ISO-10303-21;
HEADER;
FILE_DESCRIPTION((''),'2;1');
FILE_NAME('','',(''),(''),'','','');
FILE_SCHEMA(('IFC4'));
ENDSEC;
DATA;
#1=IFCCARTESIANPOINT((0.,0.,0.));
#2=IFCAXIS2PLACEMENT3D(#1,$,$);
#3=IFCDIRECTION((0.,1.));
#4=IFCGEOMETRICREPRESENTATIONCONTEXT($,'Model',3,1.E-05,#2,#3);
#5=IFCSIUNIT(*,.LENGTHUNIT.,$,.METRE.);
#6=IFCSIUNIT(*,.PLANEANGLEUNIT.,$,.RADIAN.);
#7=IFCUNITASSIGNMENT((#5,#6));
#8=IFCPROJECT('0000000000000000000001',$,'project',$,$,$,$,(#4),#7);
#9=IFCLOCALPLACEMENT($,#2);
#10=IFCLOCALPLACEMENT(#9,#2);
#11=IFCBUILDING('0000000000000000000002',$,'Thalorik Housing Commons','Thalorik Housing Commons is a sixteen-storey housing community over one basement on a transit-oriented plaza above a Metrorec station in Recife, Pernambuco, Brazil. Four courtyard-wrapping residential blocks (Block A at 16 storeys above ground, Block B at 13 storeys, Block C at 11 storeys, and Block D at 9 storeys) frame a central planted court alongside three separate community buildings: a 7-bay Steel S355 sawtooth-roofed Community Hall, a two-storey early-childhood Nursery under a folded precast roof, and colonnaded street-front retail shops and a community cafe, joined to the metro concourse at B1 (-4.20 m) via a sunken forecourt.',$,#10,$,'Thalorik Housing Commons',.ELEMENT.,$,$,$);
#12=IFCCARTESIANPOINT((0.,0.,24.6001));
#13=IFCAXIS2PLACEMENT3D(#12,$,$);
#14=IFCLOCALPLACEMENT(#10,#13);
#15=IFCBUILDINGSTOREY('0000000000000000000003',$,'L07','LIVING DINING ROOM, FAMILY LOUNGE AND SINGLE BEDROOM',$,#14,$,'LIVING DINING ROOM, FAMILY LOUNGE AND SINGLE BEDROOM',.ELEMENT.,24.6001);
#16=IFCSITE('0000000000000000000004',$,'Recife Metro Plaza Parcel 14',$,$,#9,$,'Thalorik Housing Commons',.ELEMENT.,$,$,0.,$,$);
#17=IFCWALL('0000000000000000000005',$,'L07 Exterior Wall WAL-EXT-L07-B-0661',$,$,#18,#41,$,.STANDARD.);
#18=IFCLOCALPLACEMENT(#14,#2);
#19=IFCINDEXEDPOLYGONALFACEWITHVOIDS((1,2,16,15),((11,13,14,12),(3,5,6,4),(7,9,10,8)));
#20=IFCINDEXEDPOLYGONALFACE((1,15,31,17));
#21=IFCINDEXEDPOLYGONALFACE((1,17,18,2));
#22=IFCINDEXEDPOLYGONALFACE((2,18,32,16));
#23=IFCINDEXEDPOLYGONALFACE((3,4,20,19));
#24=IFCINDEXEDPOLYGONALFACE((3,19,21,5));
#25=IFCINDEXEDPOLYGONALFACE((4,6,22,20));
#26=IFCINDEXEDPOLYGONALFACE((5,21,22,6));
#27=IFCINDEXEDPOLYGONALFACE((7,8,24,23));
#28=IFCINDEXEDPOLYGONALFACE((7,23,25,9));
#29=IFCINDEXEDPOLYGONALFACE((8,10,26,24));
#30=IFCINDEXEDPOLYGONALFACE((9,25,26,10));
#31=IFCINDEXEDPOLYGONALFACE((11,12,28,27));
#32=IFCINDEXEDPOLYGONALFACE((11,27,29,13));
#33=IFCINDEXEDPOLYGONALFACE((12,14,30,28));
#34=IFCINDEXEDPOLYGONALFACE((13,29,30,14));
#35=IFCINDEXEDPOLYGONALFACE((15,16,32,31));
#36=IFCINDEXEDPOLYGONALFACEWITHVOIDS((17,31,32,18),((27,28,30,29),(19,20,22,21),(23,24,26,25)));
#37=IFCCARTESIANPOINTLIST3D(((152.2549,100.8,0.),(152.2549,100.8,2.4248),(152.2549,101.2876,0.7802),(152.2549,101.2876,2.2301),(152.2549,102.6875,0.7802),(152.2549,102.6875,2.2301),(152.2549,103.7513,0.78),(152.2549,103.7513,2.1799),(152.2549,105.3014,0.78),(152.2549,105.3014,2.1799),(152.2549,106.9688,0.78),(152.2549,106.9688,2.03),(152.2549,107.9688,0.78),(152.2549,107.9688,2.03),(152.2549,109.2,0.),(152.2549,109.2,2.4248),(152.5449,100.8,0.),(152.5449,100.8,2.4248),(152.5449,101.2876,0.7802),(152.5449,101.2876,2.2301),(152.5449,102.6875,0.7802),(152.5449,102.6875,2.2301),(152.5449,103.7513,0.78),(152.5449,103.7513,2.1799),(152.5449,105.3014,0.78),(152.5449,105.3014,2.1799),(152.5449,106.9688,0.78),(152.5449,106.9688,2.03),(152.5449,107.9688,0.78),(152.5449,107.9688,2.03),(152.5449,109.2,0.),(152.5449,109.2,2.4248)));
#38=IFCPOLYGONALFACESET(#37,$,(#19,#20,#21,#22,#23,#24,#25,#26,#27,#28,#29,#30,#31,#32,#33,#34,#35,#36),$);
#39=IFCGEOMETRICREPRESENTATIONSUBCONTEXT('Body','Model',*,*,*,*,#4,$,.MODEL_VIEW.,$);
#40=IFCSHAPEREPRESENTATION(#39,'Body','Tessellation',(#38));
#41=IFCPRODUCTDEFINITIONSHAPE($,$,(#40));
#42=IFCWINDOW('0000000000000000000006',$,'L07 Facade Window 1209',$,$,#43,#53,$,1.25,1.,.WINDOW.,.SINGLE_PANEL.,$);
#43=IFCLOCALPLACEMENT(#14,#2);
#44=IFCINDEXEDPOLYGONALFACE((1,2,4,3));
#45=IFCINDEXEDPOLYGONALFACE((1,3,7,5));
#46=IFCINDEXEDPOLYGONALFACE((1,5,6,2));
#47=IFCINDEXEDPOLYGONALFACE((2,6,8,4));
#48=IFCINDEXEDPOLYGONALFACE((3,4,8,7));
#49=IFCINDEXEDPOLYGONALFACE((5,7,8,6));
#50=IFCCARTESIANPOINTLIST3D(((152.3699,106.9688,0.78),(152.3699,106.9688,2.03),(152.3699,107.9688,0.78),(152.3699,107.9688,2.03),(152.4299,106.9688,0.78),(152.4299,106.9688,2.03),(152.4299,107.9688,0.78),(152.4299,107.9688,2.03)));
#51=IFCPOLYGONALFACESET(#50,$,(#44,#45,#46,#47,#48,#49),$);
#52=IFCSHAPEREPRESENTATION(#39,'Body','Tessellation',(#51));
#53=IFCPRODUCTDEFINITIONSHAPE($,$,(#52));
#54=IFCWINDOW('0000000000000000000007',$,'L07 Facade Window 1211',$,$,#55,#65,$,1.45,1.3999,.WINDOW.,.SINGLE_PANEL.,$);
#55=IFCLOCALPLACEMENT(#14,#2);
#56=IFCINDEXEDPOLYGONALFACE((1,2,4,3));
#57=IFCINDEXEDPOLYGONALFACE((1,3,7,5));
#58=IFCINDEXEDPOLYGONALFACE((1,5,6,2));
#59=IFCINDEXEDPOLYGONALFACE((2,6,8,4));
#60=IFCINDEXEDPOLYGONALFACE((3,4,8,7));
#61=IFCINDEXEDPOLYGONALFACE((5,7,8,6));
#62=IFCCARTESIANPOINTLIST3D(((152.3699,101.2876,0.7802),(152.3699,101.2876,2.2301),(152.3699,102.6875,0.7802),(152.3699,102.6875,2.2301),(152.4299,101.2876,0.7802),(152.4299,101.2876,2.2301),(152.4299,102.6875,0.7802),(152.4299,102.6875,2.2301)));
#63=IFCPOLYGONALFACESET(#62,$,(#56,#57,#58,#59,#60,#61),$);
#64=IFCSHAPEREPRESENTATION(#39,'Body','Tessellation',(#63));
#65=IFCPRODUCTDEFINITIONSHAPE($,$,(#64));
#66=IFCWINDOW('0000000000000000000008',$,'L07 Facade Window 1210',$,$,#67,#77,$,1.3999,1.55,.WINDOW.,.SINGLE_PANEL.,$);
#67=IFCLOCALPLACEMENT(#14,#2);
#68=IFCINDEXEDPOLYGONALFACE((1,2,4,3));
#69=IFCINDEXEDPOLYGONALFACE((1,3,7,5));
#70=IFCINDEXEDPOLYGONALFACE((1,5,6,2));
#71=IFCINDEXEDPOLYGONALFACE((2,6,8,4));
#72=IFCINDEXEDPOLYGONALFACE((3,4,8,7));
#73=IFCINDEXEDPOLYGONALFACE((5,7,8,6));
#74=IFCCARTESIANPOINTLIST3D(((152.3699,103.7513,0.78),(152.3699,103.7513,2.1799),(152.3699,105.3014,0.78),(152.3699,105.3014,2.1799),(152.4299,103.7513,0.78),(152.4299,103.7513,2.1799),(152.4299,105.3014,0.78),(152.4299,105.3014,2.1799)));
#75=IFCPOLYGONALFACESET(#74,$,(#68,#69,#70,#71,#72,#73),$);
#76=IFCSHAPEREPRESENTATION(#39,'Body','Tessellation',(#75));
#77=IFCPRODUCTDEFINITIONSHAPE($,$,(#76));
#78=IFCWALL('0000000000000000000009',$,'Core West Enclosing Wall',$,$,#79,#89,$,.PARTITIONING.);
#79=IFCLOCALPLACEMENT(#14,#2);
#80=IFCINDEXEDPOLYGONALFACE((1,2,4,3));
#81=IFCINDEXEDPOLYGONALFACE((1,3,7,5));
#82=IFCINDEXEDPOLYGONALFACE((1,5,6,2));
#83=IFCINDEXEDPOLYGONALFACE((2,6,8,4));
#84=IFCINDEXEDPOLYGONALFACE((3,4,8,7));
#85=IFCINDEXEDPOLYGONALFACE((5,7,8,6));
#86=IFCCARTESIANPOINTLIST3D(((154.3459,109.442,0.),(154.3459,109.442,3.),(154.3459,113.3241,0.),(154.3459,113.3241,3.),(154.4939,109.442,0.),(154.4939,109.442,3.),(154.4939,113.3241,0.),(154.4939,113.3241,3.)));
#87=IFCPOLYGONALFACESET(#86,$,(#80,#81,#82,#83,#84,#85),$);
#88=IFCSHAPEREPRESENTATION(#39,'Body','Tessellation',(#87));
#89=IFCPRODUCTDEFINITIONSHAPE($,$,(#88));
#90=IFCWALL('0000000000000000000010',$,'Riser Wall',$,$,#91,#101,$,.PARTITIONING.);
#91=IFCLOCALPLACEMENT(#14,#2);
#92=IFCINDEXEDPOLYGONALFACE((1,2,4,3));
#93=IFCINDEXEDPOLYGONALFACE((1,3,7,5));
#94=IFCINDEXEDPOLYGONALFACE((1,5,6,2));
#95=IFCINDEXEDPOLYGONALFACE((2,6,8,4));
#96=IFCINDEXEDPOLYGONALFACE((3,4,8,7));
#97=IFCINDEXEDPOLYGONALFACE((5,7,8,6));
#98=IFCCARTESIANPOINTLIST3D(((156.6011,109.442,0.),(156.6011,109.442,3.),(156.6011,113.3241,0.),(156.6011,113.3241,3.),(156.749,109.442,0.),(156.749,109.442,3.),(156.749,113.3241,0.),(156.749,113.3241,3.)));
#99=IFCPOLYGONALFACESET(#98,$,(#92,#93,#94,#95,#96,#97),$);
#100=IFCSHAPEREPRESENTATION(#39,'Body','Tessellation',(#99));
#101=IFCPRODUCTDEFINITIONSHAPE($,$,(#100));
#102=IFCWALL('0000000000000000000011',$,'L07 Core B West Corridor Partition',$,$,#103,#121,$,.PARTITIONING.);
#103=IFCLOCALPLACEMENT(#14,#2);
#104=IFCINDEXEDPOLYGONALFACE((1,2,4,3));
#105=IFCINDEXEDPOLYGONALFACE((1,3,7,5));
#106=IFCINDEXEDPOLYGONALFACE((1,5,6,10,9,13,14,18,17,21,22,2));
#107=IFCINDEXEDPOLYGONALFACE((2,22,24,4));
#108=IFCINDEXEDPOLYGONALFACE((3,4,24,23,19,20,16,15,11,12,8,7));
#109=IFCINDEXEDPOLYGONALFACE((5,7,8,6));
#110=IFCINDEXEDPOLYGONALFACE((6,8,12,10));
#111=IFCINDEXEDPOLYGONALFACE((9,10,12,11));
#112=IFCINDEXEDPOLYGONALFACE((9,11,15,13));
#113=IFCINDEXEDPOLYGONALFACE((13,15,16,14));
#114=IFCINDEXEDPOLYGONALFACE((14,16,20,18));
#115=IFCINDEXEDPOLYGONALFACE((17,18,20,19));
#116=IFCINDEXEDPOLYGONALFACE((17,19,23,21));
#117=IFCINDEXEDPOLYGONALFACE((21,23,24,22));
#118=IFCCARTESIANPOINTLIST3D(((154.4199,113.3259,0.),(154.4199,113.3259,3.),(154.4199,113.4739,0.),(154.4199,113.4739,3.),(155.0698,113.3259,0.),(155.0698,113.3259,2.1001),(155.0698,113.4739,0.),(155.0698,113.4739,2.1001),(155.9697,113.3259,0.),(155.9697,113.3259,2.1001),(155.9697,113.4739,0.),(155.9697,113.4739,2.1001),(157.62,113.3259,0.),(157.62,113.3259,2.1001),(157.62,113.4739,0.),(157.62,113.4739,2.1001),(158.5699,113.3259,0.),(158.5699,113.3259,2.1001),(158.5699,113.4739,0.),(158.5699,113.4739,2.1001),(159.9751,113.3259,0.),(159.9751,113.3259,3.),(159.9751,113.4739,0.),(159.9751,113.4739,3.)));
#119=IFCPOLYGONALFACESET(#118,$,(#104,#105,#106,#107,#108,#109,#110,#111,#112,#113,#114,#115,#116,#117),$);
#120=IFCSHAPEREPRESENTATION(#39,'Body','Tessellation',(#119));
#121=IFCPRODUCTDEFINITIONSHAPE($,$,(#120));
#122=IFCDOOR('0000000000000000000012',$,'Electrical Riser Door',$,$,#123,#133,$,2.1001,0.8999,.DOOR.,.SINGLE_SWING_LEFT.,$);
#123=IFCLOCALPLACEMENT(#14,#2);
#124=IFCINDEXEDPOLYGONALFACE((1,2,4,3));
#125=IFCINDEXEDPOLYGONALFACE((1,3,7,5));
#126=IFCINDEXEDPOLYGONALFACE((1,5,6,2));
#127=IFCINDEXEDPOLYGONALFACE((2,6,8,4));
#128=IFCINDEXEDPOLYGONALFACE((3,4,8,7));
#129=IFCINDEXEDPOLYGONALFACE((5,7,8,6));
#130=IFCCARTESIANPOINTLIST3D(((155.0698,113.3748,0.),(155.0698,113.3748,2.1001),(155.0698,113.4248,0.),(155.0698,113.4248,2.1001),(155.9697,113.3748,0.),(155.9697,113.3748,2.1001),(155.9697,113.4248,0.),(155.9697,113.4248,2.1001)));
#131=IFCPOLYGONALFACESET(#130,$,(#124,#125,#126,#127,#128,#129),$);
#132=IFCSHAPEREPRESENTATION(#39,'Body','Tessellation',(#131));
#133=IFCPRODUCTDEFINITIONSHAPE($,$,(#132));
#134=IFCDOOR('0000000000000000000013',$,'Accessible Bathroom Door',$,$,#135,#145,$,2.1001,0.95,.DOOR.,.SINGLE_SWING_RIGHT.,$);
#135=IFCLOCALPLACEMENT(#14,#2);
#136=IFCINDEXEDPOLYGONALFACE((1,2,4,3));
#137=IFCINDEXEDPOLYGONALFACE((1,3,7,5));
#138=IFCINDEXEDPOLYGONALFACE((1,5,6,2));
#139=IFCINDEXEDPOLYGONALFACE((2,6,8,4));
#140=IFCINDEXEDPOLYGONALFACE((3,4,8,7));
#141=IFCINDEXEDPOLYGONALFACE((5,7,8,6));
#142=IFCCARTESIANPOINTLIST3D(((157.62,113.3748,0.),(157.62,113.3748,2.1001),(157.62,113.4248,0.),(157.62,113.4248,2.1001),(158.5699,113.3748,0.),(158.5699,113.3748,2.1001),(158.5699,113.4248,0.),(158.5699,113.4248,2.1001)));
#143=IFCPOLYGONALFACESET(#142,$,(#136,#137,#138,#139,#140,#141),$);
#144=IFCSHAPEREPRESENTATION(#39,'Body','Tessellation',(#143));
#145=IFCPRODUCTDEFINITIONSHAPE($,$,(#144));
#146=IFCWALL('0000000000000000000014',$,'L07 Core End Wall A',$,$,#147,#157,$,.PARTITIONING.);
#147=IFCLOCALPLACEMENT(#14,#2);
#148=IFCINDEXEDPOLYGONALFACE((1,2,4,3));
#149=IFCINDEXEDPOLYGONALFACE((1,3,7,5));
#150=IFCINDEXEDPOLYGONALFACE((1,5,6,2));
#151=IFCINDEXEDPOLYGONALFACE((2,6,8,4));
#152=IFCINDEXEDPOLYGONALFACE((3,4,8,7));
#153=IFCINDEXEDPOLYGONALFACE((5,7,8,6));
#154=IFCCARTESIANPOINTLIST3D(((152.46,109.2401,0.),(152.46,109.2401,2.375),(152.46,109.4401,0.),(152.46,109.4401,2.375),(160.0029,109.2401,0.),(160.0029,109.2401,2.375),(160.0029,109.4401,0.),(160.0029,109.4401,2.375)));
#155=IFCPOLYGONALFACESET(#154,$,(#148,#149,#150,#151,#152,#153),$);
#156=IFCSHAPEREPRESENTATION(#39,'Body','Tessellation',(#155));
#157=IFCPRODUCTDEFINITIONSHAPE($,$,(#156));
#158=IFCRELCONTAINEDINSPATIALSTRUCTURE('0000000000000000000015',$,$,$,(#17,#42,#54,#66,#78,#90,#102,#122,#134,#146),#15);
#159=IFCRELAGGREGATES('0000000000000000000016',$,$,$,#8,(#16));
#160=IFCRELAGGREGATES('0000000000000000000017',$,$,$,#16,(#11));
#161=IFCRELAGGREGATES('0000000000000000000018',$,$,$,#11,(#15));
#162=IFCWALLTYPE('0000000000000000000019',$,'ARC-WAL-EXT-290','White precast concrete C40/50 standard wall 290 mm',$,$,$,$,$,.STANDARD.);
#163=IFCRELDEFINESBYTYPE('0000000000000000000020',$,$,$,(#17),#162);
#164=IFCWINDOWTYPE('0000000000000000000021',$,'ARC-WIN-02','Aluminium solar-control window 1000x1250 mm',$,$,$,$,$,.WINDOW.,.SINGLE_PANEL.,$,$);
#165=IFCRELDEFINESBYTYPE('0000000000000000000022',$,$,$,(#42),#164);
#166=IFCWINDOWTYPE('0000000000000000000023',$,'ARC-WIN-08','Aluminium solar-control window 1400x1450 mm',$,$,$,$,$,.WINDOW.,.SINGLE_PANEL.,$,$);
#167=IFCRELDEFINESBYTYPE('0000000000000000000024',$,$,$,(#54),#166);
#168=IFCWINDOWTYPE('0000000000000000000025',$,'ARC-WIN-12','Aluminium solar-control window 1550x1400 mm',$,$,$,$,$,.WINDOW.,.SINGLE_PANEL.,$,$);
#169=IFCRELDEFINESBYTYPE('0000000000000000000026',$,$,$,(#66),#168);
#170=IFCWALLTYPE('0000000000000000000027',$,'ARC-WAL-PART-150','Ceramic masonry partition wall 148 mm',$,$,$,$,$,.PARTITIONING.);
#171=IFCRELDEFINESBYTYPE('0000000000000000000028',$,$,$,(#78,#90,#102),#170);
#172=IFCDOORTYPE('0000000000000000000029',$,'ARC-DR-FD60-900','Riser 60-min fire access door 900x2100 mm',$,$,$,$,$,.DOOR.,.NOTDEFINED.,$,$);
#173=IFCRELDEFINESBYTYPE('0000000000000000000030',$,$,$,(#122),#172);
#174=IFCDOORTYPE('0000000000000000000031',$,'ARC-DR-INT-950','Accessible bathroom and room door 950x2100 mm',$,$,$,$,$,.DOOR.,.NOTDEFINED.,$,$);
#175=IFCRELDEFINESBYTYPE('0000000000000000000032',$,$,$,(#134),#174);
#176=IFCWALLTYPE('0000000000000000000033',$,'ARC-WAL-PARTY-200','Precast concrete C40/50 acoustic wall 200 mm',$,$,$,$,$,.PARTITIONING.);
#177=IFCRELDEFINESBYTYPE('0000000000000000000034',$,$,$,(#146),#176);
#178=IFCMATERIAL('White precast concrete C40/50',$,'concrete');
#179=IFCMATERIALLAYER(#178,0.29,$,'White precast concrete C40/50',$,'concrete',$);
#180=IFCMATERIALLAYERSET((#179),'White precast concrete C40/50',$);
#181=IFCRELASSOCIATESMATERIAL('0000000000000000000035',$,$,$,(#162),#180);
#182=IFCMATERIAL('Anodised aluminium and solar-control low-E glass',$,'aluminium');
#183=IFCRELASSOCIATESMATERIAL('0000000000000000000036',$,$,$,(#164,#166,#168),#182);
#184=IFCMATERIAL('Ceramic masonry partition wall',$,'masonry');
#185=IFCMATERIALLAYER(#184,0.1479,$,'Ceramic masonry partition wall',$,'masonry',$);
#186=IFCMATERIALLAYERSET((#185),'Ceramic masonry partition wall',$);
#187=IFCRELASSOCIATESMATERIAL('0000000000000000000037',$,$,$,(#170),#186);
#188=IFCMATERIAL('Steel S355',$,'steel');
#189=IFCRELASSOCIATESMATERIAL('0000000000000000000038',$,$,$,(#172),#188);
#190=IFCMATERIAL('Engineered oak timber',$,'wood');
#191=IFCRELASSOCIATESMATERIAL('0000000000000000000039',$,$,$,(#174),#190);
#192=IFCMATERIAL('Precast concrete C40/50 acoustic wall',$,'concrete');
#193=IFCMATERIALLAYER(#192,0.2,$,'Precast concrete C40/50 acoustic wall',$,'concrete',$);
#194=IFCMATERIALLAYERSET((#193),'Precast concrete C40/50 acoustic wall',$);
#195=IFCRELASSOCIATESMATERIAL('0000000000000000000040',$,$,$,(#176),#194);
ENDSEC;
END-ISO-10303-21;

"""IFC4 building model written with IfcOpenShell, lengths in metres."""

from ifc_helpers import new_model, si_unit, direction, frame, frame_2d, origin, place, context, subcontext, project, spatial, rectangle, extrude, material, layer, layer_set, type_object, element, fill, save


model = new_model("IFC4")

# Units and contexts
model_context = context("Model", 3, precision=1e-05, world=origin(), true_north=direction((0.0, 1.0)))
body_context = subcontext(model_context, "Body", "Model", "MODEL_VIEW")
ifc_project = project(units=[si_unit("LENGTHUNIT", "METRE"), si_unit("PLANEANGLEUNIT", "RADIAN")], contexts=[model_context])

# Site, building, storey
site_placement = place(None, origin())
site = spatial("IfcSite", under=ifc_project, at=site_placement, Name="Recife Metro Plaza Parcel 14", LongName="Thalorik Housing Commons", CompositionType="ELEMENT", RefElevation=0.0)
building_placement = place(site_placement, origin())
building = spatial("IfcBuilding", under=site, at=building_placement, Name="Thalorik Housing Commons", Description="Thalorik Housing Commons is a sixteen-storey housing community over one basement on a transit-oriented plaza above a Metrorec station in Recife, Pernambuco, Brazil. Four courtyard-wrapping residential blocks (Block A at 16 storeys above ground, Block B at 13 storeys, Block C at 11 storeys, and Block D at 9 storeys) frame a central planted court alongside three separate community buildings: a 7-bay Steel S355 sawtooth-roofed Community Hall, a two-storey early-childhood Nursery under a folded precast roof, and colonnaded street-front retail shops and a community cafe, joined to the metro concourse at B1 (-4.20 m) via a sunken forecourt.", LongName="Thalorik Housing Commons", CompositionType="ELEMENT")
storey_placement = place(building_placement, frame((0.0, 0.0, 24.6001)))
storey = spatial("IfcBuildingStorey", under=building, at=storey_placement, Name="L07", Description="LIVING DINING ROOM, FAMILY LOUNGE AND SINGLE BEDROOM", LongName="LIVING DINING ROOM, FAMILY LOUNGE AND SINGLE BEDROOM", CompositionType="ELEMENT", Elevation=24.6001)

# Shared definitions
ifc_material_1 = material(Name="Steel S355", Category="steel")

# Wall, openings, windows
ifc_material_2 = material(Name="White precast concrete C40/50", Category="concrete")
ifc_layer_1 = layer(ifc_material_2, 0.29, Name="White precast concrete C40/50", Category="concrete")
ifc_layer_set_1 = layer_set([ifc_layer_1], Name="White precast concrete C40/50")
wall_type_1 = type_object("IfcWallType", Name="ARC-WAL-EXT-290", Description="White precast concrete C40/50 standard wall 290 mm", PredefinedType="STANDARD", material=ifc_layer_set_1)
wall_1_placement = place(storey_placement, frame((152.3999, 109.2, 0.0), z_axis=(0.0, 0.0, 1.0), x_axis=(0.0, -1.0, 0.0)))
wall_1 = element("IfcWall", 1, at=wall_1_placement, inside=storey, type_object=wall_type_1, Name="L07 Exterior Wall WAL-EXT-L07-B-0661", PredefinedType="STANDARD", context=body_context, shape_type="SweptSolid", body=[
    extrude(rectangle(XDim=8.3999, YDim=0.29, at=frame_2d((4.2, 0.0))), origin(), (0.0, 0.0, 1.0), 2.4248),
])
opening_1_placement = place(wall_1_placement, frame((1.2312, 0.0, 0.78)))
opening_1 = element("IfcOpeningElement", 2, at=opening_1_placement, cuts=wall_1, PredefinedType="OPENING", context=body_context, shape_type="SweptSolid", body=[
    extrude(rectangle(XDim=1.0, YDim=1.25, at=frame_2d((0.5, 0.625))), frame((0.0, 0.155, 0.0), z_axis=(0.0, -1.0, 0.0), x_axis=(1.0, 0.0, 0.0)), (0.0, 0.0, 1.0), 0.3101),
])
opening_2_placement = place(wall_1_placement, frame((3.8987, 0.0, 0.78)))
opening_2 = element("IfcOpeningElement", 3, at=opening_2_placement, cuts=wall_1, PredefinedType="OPENING", context=body_context, shape_type="SweptSolid", body=[
    extrude(rectangle(XDim=1.55, YDim=1.3999, at=frame_2d((0.7749, 0.7))), frame((0.0, 0.155, 0.0), z_axis=(0.0, -1.0, 0.0), x_axis=(1.0, 0.0, 0.0)), (0.0, 0.0, 1.0), 0.3101),
])
opening_3_placement = place(wall_1_placement, frame((6.5125, 0.0, 0.78)))
opening_3 = element("IfcOpeningElement", 4, at=opening_3_placement, cuts=wall_1, PredefinedType="OPENING", context=body_context, shape_type="SweptSolid", body=[
    extrude(rectangle(XDim=1.3999, YDim=1.45, at=frame_2d((0.7, 0.7251))), frame((0.0, 0.155, 0.0), z_axis=(0.0, -1.0, 0.0), x_axis=(1.0, 0.0, 0.0)), (0.0, 0.0, 1.0), 0.3101),
])
ifc_material_3 = material(Name="Anodised aluminium and solar-control low-E glass", Category="aluminium")
window_type_1 = type_object("IfcWindowType", Name="ARC-WIN-02", Description="Aluminium solar-control window 1000x1250 mm", PartitioningType="SINGLE_PANEL", PredefinedType="WINDOW", material=ifc_material_3)
window_1_placement = place(opening_1_placement, origin())
window_1 = element("IfcWindow", 5, at=window_1_placement, inside=storey, type_object=window_type_1, Name="L07 Facade Window 1209", OverallHeight=1.25, OverallWidth=1.0, PartitioningType="SINGLE_PANEL", PredefinedType="WINDOW", context=body_context, shape_type="SweptSolid", body=[
    extrude(rectangle(XDim=1.0, YDim=1.25, at=frame_2d((0.5, 0.625))), frame((0.0, 0.03, 0.0), z_axis=(0.0, -1.0, 0.0), x_axis=(1.0, 0.0, 0.0)), (0.0, 0.0, 1.0), 0.0601),
])
fill(opening_1, window_1)
window_type_2 = type_object("IfcWindowType", Name="ARC-WIN-08", Description="Aluminium solar-control window 1400x1450 mm", PartitioningType="SINGLE_PANEL", PredefinedType="WINDOW", material=ifc_material_3)
window_2_placement = place(opening_3_placement, origin())
window_2 = element("IfcWindow", 6, at=window_2_placement, inside=storey, type_object=window_type_2, Name="L07 Facade Window 1211", OverallHeight=1.45, OverallWidth=1.3999, PartitioningType="SINGLE_PANEL", PredefinedType="WINDOW", context=body_context, shape_type="SweptSolid", body=[
    extrude(rectangle(XDim=1.3999, YDim=1.45, at=frame_2d((0.7, 0.7251))), frame((0.0, 0.03, 0.0), z_axis=(0.0, -1.0, 0.0), x_axis=(1.0, 0.0, 0.0)), (0.0, 0.0, 1.0), 0.0601),
])
fill(opening_3, window_2)
window_type_3 = type_object("IfcWindowType", Name="ARC-WIN-12", Description="Aluminium solar-control window 1550x1400 mm", PartitioningType="SINGLE_PANEL", PredefinedType="WINDOW", material=ifc_material_3)
window_3_placement = place(opening_2_placement, origin())
window_3 = element("IfcWindow", 7, at=window_3_placement, inside=storey, type_object=window_type_3, Name="L07 Facade Window 1210", OverallHeight=1.3999, OverallWidth=1.55, PartitioningType="SINGLE_PANEL", PredefinedType="WINDOW", context=body_context, shape_type="SweptSolid", body=[
    extrude(rectangle(XDim=1.55, YDim=1.3999, at=frame_2d((0.7749, 0.7))), frame((0.0, 0.03, 0.0), z_axis=(0.0, -1.0, 0.0), x_axis=(1.0, 0.0, 0.0)), (0.0, 0.0, 1.0), 0.0601),
])
fill(opening_2, window_3)

# Walls
ifc_material_4 = material(Name="Ceramic masonry partition wall", Category="masonry")
ifc_layer_2 = layer(ifc_material_4, 0.1479, Name="Ceramic masonry partition wall", Category="masonry")
ifc_layer_set_2 = layer_set([ifc_layer_2], Name="Ceramic masonry partition wall")
wall_type_2 = type_object("IfcWallType", Name="ARC-WAL-PART-150", Description="Ceramic masonry partition wall 148 mm", PredefinedType="PARTITIONING", material=ifc_layer_set_2)
for number, where, z_axis, x_axis, name in (
    (8, (154.4199, 113.324, 0.0), (0.0, 0.0, 1.0), (0.0, -1.0, 0.0), "Core West Enclosing Wall"),
    (9, (156.675, 113.324, 0.0), (0.0, 0.0, 1.0), (0.0, -1.0, 0.0), "Riser Wall"),
):
    element("IfcWall", number, at=place(storey_placement, frame(where, z_axis=z_axis, x_axis=x_axis)), inside=storey, type_object=wall_type_2, Name=name, PredefinedType="PARTITIONING", context=body_context, shape_type="SweptSolid", body=[
        extrude(rectangle(XDim=3.8821, YDim=0.1479, at=frame_2d((1.9409, 0.0))), origin(), (0.0, 0.0, 1.0), 3.0),
    ])

# Wall, openings, doors
wall_2_placement = place(storey_placement, frame((154.4199, 113.3999, 0.0), z_axis=(0.0, 0.0, 1.0), x_axis=(1.0, 0.0, 0.0)))
wall_2 = element("IfcWall", 10, at=wall_2_placement, inside=storey, type_object=wall_type_2, Name="L07 Core B West Corridor Partition", PredefinedType="PARTITIONING", context=body_context, shape_type="SweptSolid", body=[
    extrude(rectangle(XDim=5.5552, YDim=0.1479, at=frame_2d((2.7776, 0.0))), origin(), (0.0, 0.0, 1.0), 3.0),
])
opening_4_placement = place(wall_2_placement, frame((0.6499, 0.0, 0.0)))
opening_4 = element("IfcOpeningElement", 11, at=opening_4_placement, cuts=wall_2, PredefinedType="OPENING", context=body_context, shape_type="SweptSolid", body=[
    extrude(rectangle(XDim=0.8999, YDim=2.1001, at=frame_2d((0.45, 1.05))), frame((0.0, 0.084, 0.0), z_axis=(0.0, -1.0, 0.0), x_axis=(1.0, 0.0, 0.0)), (0.0, 0.0, 1.0), 0.168),
])
opening_5_placement = place(wall_2_placement, frame((3.2, 0.0, 0.0)))
opening_5 = element("IfcOpeningElement", 12, at=opening_5_placement, cuts=wall_2, PredefinedType="OPENING", context=body_context, shape_type="SweptSolid", body=[
    extrude(rectangle(XDim=0.95, YDim=2.1001, at=frame_2d((0.4751, 1.05))), frame((0.0, 0.084, 0.0), z_axis=(0.0, -1.0, 0.0), x_axis=(1.0, 0.0, 0.0)), (0.0, 0.0, 1.0), 0.168),
])
door_type_1 = type_object("IfcDoorType", Name="ARC-DR-FD60-900", Description="Riser 60-min fire access door 900x2100 mm", OperationType="NOTDEFINED", PredefinedType="DOOR", material=ifc_material_1)
door_1_placement = place(opening_4_placement, origin())
door_1 = element("IfcDoor", 13, at=door_1_placement, inside=storey, type_object=door_type_1, Name="Electrical Riser Door", OperationType="SINGLE_SWING_LEFT", OverallHeight=2.1001, OverallWidth=0.8999, PredefinedType="DOOR", context=body_context, shape_type="SweptSolid", body=[
    extrude(rectangle(XDim=0.8999, YDim=2.1001, at=frame_2d((0.45, 1.05))), frame((0.0, 0.0249, 0.0), z_axis=(0.0, -1.0, 0.0), x_axis=(1.0, 0.0, 0.0)), (0.0, 0.0, 1.0), 0.05),
])
fill(opening_4, door_1)
ifc_material_5 = material(Name="Engineered oak timber", Category="wood")
door_type_2 = type_object("IfcDoorType", Name="ARC-DR-INT-950", Description="Accessible bathroom and room door 950x2100 mm", OperationType="NOTDEFINED", PredefinedType="DOOR", material=ifc_material_5)
door_2_placement = place(opening_5_placement, origin())
door_2 = element("IfcDoor", 14, at=door_2_placement, inside=storey, type_object=door_type_2, Name="Accessible Bathroom Door", OperationType="SINGLE_SWING_RIGHT", OverallHeight=2.1001, OverallWidth=0.95, PredefinedType="DOOR", context=body_context, shape_type="SweptSolid", body=[
    extrude(rectangle(XDim=0.95, YDim=2.1001, at=frame_2d((0.4751, 1.05))), frame((0.0, 0.0249, 0.0), z_axis=(0.0, -1.0, 0.0), x_axis=(1.0, 0.0, 0.0)), (0.0, 0.0, 1.0), 0.05),
])
fill(opening_5, door_2)

# Wall
ifc_material_6 = material(Name="Precast concrete C40/50 acoustic wall", Category="concrete")
ifc_layer_3 = layer(ifc_material_6, 0.2, Name="Precast concrete C40/50 acoustic wall", Category="concrete")
ifc_layer_set_3 = layer_set([ifc_layer_3], Name="Precast concrete C40/50 acoustic wall")
wall_type_3 = type_object("IfcWallType", Name="ARC-WAL-PARTY-200", Description="Precast concrete C40/50 acoustic wall 200 mm", PredefinedType="PARTITIONING", material=ifc_layer_set_3)
wall_3_placement = place(storey_placement, frame((152.46, 109.3401, 0.0), z_axis=(0.0, 0.0, 1.0), x_axis=(1.0, 0.0, 0.0)))
element("IfcWall", 15, at=wall_3_placement, inside=storey, type_object=wall_type_3, Name="L07 Core End Wall A", PredefinedType="PARTITIONING", context=body_context, shape_type="SweptSolid", body=[
    extrude(rectangle(XDim=7.543, YDim=0.2, at=frame_2d((3.7715, 0.0))), origin(), (0.0, 0.0, 1.0), 2.375),
])

save(model, "model.ifc")
